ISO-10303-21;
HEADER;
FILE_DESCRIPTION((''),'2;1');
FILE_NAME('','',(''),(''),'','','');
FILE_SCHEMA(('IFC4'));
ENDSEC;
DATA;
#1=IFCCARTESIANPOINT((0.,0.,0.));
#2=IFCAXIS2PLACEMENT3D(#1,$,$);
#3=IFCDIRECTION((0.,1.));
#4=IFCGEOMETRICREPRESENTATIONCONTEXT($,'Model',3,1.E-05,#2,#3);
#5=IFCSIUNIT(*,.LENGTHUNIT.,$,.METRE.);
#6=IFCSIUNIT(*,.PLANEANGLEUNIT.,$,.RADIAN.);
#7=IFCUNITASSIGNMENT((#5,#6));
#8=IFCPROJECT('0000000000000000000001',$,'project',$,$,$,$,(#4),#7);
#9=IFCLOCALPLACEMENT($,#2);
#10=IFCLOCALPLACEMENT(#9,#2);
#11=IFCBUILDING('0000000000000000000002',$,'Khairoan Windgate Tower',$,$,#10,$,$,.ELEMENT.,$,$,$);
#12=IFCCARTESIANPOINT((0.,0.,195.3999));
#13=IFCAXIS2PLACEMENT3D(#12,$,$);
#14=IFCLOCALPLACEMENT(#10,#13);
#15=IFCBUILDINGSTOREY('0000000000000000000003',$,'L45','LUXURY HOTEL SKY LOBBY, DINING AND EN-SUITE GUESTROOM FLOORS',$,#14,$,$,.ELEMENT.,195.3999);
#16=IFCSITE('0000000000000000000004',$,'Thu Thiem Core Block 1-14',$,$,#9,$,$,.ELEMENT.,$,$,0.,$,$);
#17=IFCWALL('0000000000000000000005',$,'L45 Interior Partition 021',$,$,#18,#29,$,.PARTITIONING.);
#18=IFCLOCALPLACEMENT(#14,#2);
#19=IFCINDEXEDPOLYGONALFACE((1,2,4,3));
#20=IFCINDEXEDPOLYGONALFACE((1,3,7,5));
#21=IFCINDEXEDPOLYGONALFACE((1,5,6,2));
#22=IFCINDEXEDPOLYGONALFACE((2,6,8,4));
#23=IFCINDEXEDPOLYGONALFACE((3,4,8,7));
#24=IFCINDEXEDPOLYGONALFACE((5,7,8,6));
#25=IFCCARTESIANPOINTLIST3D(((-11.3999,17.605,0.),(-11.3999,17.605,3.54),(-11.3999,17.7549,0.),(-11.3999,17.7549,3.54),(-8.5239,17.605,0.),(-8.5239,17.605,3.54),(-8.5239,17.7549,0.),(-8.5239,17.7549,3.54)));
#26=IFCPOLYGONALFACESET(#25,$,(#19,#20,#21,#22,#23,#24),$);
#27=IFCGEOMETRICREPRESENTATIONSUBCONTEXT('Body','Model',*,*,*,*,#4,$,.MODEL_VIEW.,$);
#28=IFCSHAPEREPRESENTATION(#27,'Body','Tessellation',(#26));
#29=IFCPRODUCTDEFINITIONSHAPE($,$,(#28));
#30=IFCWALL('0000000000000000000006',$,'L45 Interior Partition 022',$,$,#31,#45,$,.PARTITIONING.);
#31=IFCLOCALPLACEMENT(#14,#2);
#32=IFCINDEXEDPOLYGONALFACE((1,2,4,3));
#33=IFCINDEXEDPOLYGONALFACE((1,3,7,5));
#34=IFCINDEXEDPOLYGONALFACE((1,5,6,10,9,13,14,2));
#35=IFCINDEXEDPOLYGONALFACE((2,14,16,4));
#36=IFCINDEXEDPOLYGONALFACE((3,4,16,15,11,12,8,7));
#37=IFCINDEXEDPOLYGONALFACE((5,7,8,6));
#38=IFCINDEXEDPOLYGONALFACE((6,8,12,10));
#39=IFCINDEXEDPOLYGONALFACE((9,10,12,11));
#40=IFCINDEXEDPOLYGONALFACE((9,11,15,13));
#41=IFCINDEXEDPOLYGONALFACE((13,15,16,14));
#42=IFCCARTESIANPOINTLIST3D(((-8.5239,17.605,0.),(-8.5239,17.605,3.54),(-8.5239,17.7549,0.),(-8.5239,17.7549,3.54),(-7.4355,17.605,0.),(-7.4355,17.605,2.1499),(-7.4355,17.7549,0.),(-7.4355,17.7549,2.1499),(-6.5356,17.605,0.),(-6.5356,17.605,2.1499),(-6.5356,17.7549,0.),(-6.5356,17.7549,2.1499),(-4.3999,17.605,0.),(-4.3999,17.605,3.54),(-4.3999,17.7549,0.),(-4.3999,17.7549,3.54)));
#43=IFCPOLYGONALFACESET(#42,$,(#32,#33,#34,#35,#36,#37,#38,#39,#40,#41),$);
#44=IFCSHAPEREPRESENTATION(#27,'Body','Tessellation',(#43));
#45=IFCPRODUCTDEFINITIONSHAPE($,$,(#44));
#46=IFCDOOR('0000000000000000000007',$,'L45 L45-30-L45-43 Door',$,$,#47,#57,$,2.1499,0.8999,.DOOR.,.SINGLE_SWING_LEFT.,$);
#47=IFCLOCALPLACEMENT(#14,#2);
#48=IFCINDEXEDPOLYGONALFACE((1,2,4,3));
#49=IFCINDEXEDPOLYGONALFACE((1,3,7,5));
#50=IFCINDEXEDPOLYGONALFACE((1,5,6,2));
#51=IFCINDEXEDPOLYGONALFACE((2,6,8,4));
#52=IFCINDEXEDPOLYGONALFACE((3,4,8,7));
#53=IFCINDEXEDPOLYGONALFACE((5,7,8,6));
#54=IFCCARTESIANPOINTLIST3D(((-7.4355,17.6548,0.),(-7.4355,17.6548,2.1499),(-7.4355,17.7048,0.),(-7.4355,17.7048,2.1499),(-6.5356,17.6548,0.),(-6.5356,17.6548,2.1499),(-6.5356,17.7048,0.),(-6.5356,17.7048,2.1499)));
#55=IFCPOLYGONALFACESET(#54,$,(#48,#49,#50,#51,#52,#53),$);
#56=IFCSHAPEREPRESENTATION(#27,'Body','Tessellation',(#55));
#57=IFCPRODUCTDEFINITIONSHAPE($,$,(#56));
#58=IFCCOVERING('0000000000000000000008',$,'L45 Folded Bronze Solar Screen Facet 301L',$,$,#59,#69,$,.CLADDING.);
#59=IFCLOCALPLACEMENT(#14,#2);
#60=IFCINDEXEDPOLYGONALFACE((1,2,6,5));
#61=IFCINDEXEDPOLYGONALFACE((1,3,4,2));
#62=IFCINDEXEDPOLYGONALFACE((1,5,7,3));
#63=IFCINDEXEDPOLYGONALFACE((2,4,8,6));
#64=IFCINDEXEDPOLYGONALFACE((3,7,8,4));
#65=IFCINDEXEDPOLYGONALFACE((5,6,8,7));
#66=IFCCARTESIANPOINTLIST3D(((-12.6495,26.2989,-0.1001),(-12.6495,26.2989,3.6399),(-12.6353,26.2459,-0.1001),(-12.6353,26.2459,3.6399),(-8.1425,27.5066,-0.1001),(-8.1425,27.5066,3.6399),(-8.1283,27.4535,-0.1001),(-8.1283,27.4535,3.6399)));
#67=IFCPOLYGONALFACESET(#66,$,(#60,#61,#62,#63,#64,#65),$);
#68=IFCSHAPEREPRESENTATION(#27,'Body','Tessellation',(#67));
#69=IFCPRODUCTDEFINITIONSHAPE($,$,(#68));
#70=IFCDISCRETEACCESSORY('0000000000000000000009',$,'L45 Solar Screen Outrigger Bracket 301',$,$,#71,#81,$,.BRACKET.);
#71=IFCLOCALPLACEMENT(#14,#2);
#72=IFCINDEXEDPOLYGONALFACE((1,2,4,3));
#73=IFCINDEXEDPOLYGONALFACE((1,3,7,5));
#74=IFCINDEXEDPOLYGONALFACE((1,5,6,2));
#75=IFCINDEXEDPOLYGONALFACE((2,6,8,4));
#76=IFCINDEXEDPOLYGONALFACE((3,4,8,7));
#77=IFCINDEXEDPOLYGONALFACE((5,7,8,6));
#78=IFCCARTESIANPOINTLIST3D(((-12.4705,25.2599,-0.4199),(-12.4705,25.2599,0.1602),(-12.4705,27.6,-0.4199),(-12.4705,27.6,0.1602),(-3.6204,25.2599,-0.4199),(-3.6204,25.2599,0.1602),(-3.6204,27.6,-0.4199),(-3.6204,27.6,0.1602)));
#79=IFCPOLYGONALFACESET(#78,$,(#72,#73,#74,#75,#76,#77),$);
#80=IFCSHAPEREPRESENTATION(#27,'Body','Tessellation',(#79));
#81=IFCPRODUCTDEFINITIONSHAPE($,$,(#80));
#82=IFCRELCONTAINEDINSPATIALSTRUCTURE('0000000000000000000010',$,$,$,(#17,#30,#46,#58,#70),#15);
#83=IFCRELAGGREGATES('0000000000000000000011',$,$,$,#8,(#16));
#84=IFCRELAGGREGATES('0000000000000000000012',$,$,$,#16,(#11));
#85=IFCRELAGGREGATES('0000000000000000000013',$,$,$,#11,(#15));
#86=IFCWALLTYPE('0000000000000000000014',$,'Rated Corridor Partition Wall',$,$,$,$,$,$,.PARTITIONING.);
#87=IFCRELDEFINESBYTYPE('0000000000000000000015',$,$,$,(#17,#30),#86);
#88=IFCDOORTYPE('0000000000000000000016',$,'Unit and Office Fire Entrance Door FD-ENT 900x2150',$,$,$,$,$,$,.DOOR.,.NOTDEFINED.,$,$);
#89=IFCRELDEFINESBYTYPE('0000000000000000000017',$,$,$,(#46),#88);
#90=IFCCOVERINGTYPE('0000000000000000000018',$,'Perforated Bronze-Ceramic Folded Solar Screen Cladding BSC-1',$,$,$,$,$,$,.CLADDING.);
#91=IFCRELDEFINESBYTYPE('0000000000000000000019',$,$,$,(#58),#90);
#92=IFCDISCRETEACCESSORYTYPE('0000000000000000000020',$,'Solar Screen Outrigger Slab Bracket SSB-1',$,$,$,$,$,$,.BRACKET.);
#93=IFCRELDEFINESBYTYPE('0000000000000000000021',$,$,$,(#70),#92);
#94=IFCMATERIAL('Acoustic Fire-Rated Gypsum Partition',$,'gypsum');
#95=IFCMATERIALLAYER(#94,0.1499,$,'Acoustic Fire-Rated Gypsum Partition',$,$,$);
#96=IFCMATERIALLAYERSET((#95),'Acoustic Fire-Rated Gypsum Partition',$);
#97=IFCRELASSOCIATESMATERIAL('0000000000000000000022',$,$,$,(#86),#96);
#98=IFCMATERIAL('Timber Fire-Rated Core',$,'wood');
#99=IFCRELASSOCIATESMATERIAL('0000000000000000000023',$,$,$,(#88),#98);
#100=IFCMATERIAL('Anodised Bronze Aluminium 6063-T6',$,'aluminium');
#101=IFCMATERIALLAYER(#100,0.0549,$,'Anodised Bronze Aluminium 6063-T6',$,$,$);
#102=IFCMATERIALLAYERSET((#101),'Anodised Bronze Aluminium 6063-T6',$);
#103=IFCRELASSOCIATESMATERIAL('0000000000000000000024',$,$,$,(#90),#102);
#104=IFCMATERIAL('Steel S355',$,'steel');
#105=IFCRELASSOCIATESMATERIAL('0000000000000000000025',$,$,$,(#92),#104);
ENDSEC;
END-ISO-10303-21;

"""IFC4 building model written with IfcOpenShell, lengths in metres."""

from ifc_helpers import new_model, si_unit, direction, frame, frame_2d, origin, origin_2d, place, context, subcontext, project, spatial, rectangle, extrude, material, layer, layer_set, type_object, element, fill, save


model = new_model("IFC4")

# Units and contexts
model_context = context("Model", 3, precision=1e-05, world=origin(), true_north=direction((0.0, 1.0)))
body_context = subcontext(model_context, "Body", "Model", "MODEL_VIEW")
ifc_project = project(units=[si_unit("LENGTHUNIT", "METRE"), si_unit("PLANEANGLEUNIT", "RADIAN")], contexts=[model_context])

# Site, building, storey
site_placement = place(None, origin())
site = spatial("IfcSite", under=ifc_project, at=site_placement, Name="Thu Thiem Core Block 1-14", CompositionType="ELEMENT", RefElevation=0.0)
building_placement = place(site_placement, origin())
building = spatial("IfcBuilding", under=site, at=building_placement, Name="Khairoan Windgate Tower", CompositionType="ELEMENT")
storey_placement = place(building_placement, frame((0.0, 0.0, 195.3999)))
storey = spatial("IfcBuildingStorey", under=building, at=storey_placement, Name="L45", Description="LUXURY HOTEL SKY LOBBY, DINING AND EN-SUITE GUESTROOM FLOORS", CompositionType="ELEMENT", Elevation=195.3999)

# Shared definitions
ifc_material_1 = material(Name="Acoustic Fire-Rated Gypsum Partition", Category="gypsum")
ifc_layer_1 = layer(ifc_material_1, 0.1499, Name="Acoustic Fire-Rated Gypsum Partition")
ifc_layer_set_1 = layer_set([ifc_layer_1], Name="Acoustic Fire-Rated Gypsum Partition")
wall_type_1 = type_object("IfcWallType", Name="Rated Corridor Partition Wall", PredefinedType="PARTITIONING", material=ifc_layer_set_1)
ifc_material_2 = material(Name="Timber Fire-Rated Core", Category="wood")
door_type_1 = type_object("IfcDoorType", Name="Unit and Office Fire Entrance Door FD-ENT 900x2150", OperationType="NOTDEFINED", PredefinedType="DOOR", material=ifc_material_2)

# Wall
wall_1_placement = place(storey_placement, frame((-11.3999, 17.6799, 0.0), z_axis=(0.0, 0.0, 1.0), x_axis=(1.0, 0.0, 0.0)))
element("IfcWall", 1, at=wall_1_placement, inside=storey, type_object=wall_type_1, Name="L45 Interior Partition 021", PredefinedType="PARTITIONING", context=body_context, shape_type="SweptSolid", body=[
    extrude(rectangle(XDim=2.876, YDim=0.1499, at=frame_2d((1.438, 0.0))), origin(), (0.0, 0.0, 1.0), 3.54),
])

# Wall, opening, door
wall_2_placement = place(storey_placement, frame((-8.5239, 17.6799, 0.0), z_axis=(0.0, 0.0, 1.0), x_axis=(1.0, 0.0, 0.0)))
wall_2 = element("IfcWall", 2, at=wall_2_placement, inside=storey, type_object=wall_type_1, Name="L45 Interior Partition 022", PredefinedType="PARTITIONING", context=body_context, shape_type="SweptSolid", body=[
    extrude(rectangle(XDim=4.124, YDim=0.1499, at=frame_2d((2.062, 0.0))), origin(), (0.0, 0.0, 1.0), 3.54),
])
opening_1_placement = place(wall_2_placement, frame((1.0884, 0.0, 0.0)))
opening_1 = element("IfcOpeningElement", 3, at=opening_1_placement, cuts=wall_2, PredefinedType="OPENING", context=body_context, shape_type="SweptSolid", body=[
    extrude(rectangle(XDim=0.8999, YDim=2.1499, at=frame_2d((0.45, 1.075))), frame((0.0, 0.085, 0.0), z_axis=(0.0, -1.0, 0.0), x_axis=(1.0, 0.0, 0.0)), (0.0, 0.0, 1.0), 0.1699),
])
door_1_placement = place(opening_1_placement, origin())
door_1 = element("IfcDoor", 4, at=door_1_placement, inside=storey, type_object=door_type_1, Name="L45 L45-30-L45-43 Door", OperationType="SINGLE_SWING_LEFT", OverallHeight=2.1499, OverallWidth=0.8999, PredefinedType="DOOR", context=body_context, shape_type="SweptSolid", body=[
    extrude(rectangle(XDim=0.8999, YDim=2.1499, at=frame_2d((0.45, 1.075))), frame((0.0, 0.0249, 0.0), z_axis=(0.0, -1.0, 0.0), x_axis=(1.0, 0.0, 0.0)), (0.0, 0.0, 1.0), 0.05),
])
fill(opening_1, door_1)

# Covering
ifc_material_3 = material(Name="Anodised Bronze Aluminium 6063-T6", Category="aluminium")
ifc_layer_2 = layer(ifc_material_3, 0.0549, Name="Anodised Bronze Aluminium 6063-T6")
ifc_layer_set_2 = layer_set([ifc_layer_2], Name="Anodised Bronze Aluminium 6063-T6")
covering_type = type_object("IfcCoveringType", Name="Perforated Bronze-Ceramic Folded Solar Screen Cladding BSC-1", PredefinedType="CLADDING", material=ifc_layer_set_2)
covering_placement = place(storey_placement, frame((-10.3889, 26.8762, -0.1001), z_axis=(0.0, 0.0, 1.0), x_axis=(0.965926, 0.258819, 0.0)))
element("IfcCovering", 5, at=covering_placement, inside=storey, type_object=covering_type, Name="L45 Folded Bronze Solar Screen Facet 301L", PredefinedType="CLADDING", context=body_context, shape_type="SweptSolid", body=[
    extrude(rectangle(XDim=4.666, YDim=0.0549, at=origin_2d()), origin(), (0.0, 0.0, 1.0), 3.74),
])

# Discrete accessory
ifc_material_4 = material(Name="Steel S355", Category="steel")
discrete_accessory_type = type_object("IfcDiscreteAccessoryType", Name="Solar Screen Outrigger Slab Bracket SSB-1", PredefinedType="BRACKET", material=ifc_material_4)
discrete_accessory_placement = place(storey_placement, frame((-8.0454, 26.4299, -0.4199), z_axis=(0.0, 0.0, 1.0), x_axis=(1.0, 0.0, 0.0)))
element("IfcDiscreteAccessory", 6, at=discrete_accessory_placement, inside=storey, type_object=discrete_accessory_type, Name="L45 Solar Screen Outrigger Bracket 301", PredefinedType="BRACKET", context=body_context, shape_type="SweptSolid", body=[
    extrude(rectangle(XDim=8.8501, YDim=2.3401, at=origin_2d()), origin(), (0.0, 0.0, 1.0), 0.5801),
])

save(model, "model.ifc")
